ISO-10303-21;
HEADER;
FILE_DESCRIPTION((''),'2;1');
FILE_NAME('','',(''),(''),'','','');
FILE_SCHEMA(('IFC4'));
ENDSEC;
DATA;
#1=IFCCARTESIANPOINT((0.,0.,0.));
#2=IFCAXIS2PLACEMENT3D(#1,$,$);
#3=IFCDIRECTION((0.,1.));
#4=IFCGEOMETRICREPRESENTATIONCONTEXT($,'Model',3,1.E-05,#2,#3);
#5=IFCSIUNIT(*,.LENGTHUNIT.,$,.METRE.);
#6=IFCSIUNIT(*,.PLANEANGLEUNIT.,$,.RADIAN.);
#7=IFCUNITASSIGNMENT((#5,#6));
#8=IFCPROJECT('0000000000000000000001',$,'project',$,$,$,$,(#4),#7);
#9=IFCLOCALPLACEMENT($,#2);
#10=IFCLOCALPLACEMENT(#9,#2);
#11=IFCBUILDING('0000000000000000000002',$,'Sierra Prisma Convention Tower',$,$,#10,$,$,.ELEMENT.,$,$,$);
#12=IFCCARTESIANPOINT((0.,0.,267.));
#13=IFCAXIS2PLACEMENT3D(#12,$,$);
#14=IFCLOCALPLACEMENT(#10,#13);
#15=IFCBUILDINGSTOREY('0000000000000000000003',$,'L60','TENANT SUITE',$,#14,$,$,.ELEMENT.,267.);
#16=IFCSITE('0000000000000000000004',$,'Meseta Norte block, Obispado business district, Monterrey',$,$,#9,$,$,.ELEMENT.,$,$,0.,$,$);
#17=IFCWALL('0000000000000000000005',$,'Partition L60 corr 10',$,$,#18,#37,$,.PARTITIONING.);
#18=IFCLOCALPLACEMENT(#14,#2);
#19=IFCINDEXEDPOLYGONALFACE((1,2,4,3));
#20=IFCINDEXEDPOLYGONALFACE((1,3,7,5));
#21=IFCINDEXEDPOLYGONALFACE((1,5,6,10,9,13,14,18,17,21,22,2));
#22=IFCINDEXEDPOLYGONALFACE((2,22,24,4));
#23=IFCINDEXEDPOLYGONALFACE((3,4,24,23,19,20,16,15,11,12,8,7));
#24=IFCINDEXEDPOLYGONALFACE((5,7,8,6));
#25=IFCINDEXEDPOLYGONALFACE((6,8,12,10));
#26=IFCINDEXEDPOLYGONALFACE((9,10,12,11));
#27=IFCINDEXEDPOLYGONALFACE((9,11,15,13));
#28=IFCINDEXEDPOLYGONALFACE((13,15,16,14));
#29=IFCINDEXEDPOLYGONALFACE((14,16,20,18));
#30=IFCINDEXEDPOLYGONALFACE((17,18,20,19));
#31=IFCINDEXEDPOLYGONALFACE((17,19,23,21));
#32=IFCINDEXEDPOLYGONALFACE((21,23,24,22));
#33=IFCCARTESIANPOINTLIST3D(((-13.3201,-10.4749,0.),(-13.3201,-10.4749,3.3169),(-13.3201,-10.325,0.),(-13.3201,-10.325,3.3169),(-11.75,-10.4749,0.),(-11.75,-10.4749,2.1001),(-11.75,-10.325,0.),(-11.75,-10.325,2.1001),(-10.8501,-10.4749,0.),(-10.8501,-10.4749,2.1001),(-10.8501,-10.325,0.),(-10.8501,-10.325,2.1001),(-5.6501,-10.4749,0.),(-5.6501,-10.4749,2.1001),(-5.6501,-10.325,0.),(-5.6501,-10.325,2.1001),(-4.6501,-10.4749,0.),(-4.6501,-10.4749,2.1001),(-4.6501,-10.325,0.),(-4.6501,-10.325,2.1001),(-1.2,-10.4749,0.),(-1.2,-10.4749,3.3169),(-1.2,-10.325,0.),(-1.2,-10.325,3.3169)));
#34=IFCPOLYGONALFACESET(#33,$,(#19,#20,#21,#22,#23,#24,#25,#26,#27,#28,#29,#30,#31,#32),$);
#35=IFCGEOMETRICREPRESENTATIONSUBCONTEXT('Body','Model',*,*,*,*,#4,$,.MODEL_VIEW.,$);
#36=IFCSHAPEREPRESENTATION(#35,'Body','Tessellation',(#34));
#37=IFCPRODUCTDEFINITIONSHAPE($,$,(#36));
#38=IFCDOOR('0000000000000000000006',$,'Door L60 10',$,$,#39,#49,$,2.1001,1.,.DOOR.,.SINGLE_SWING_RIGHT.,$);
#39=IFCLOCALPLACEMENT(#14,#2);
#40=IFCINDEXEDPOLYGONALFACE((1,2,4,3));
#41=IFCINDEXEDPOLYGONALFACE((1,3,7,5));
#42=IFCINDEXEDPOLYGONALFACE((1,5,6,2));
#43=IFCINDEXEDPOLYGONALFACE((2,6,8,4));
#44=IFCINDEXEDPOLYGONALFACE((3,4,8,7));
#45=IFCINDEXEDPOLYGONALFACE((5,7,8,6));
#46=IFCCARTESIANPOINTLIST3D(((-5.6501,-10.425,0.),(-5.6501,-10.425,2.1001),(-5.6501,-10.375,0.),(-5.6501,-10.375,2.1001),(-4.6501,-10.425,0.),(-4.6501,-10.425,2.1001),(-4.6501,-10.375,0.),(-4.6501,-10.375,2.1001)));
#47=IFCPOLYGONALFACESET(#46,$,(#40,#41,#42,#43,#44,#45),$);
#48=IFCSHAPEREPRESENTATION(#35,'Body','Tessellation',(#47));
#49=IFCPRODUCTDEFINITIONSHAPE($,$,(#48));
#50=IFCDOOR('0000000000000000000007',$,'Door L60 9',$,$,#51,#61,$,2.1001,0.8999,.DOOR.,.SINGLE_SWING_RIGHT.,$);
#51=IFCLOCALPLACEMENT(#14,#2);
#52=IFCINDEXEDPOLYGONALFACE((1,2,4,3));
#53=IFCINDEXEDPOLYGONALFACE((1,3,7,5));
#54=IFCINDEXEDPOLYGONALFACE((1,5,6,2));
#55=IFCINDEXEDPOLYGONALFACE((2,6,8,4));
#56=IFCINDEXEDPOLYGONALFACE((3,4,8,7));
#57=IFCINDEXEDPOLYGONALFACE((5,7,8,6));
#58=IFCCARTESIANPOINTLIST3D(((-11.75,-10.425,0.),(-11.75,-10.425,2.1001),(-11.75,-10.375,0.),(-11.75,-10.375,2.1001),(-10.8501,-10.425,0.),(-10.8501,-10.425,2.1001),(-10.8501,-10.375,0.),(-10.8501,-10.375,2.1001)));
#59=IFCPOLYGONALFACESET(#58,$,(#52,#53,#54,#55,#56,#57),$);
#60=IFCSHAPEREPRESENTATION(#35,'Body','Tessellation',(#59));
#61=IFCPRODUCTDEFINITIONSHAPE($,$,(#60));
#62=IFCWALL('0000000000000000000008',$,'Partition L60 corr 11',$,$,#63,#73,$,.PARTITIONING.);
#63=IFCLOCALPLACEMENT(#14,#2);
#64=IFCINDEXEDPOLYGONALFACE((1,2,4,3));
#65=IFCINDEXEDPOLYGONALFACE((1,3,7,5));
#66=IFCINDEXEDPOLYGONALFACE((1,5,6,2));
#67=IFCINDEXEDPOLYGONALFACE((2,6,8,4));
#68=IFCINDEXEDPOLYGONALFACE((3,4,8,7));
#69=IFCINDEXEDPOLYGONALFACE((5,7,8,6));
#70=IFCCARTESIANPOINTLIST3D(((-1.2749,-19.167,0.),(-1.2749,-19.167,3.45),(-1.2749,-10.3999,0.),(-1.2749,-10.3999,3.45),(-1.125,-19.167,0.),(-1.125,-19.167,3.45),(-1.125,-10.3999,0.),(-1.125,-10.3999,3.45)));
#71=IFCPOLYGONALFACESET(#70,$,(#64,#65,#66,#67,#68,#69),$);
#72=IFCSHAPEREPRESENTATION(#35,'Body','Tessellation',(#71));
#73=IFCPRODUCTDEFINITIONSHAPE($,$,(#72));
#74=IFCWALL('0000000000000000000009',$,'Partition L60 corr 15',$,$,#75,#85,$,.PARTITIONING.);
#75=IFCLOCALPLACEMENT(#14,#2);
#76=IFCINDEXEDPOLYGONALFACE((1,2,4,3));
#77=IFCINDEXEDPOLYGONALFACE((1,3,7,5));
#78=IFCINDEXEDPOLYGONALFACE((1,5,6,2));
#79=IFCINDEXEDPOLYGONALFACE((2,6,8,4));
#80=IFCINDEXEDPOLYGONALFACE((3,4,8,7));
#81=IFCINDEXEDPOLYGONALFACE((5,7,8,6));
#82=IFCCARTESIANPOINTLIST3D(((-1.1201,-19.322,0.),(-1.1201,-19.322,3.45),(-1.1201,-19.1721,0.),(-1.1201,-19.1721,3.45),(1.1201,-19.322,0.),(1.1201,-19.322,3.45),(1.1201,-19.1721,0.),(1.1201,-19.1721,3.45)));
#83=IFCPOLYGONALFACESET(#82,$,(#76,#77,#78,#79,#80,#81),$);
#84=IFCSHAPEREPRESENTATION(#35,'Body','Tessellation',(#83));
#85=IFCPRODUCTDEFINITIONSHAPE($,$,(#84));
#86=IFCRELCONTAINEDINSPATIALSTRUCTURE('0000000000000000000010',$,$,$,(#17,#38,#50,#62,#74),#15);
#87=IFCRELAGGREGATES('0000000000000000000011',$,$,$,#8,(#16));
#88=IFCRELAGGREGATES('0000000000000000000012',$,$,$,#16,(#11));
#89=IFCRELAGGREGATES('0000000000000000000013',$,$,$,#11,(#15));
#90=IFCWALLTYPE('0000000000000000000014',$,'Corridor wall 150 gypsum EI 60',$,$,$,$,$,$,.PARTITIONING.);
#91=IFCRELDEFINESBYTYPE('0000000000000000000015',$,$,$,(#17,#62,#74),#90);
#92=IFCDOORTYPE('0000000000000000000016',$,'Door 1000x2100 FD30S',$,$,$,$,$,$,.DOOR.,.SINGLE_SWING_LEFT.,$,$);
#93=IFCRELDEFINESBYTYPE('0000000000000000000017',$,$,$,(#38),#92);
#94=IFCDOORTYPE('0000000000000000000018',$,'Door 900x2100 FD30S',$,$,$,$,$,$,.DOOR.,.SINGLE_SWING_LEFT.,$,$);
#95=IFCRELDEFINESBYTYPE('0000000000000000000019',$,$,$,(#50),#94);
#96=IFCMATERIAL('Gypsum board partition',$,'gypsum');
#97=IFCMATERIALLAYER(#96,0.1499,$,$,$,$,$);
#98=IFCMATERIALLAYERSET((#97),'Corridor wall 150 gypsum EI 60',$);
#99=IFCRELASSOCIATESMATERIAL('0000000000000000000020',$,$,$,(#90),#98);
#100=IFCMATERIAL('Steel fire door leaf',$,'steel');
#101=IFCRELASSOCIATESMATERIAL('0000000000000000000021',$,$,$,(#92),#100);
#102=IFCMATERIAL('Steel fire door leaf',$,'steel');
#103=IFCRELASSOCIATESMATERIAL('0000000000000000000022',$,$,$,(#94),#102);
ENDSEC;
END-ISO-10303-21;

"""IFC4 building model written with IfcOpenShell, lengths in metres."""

from ifc_helpers import new_model, si_unit, direction, frame, frame_2d, origin, place, context, subcontext, project, spatial, rectangle, extrude, material, layer, layer_set, type_object, element, fill, save


model = new_model("IFC4")

# Units and contexts
model_context = context("Model", 3, precision=1e-05, world=origin(), true_north=direction((0.0, 1.0)))
body_context = subcontext(model_context, "Body", "Model", "MODEL_VIEW")
ifc_project = project(units=[si_unit("LENGTHUNIT", "METRE"), si_unit("PLANEANGLEUNIT", "RADIAN")], contexts=[model_context])

# Site, building, storey
site_placement = place(None, origin())
site = spatial("IfcSite", under=ifc_project, at=site_placement, Name="Meseta Norte block, Obispado business district, Monterrey", CompositionType="ELEMENT", RefElevation=0.0)
building_placement = place(site_placement, origin())
building = spatial("IfcBuilding", under=site, at=building_placement, Name="Sierra Prisma Convention Tower", CompositionType="ELEMENT")
storey_placement = place(building_placement, frame((0.0, 0.0, 267.0)))
storey = spatial("IfcBuildingStorey", under=building, at=storey_placement, Name="L60", Description="TENANT SUITE", CompositionType="ELEMENT", Elevation=267.0)

# Wall, openings, doors
ifc_material_1 = material(Name="Gypsum board partition", Category="gypsum")
ifc_layer_1 = layer(ifc_material_1, 0.1499)
ifc_layer_set_1 = layer_set([ifc_layer_1], Name="Corridor wall 150 gypsum EI 60")
wall_type_1 = type_object("IfcWallType", Name="Corridor wall 150 gypsum EI 60", PredefinedType="PARTITIONING", material=ifc_layer_set_1)
wall_1_placement = place(storey_placement, frame((-13.3201, -10.3999, 0.0), z_axis=(0.0, 0.0, 1.0), x_axis=(1.0, 0.0, 0.0)))
wall_1 = element("IfcWall", 1, at=wall_1_placement, inside=storey, type_object=wall_type_1, Name="Partition L60 corr 10", PredefinedType="PARTITIONING", context=body_context, shape_type="SweptSolid", body=[
    extrude(rectangle(XDim=12.1201, YDim=0.1499, at=frame_2d((6.0601, 0.0))), origin(), (0.0, 0.0, 1.0), 3.3169),
])
opening_1_placement = place(wall_1_placement, frame((1.5701, 0.0, 0.0)))
opening_1 = element("IfcOpeningElement", 2, at=opening_1_placement, cuts=wall_1, PredefinedType="OPENING", context=body_context, shape_type="SweptSolid", body=[
    extrude(rectangle(XDim=0.8999, YDim=2.1001, at=frame_2d((0.45, 1.05))), frame((0.0, 0.075, 0.0), z_axis=(0.0, -1.0, 0.0), x_axis=(1.0, 0.0, 0.0)), (0.0, 0.0, 1.0), 0.1499),
])
opening_2_placement = place(wall_1_placement, frame((7.6699, 0.0, 0.0)))
opening_2 = element("IfcOpeningElement", 3, at=opening_2_placement, cuts=wall_1, PredefinedType="OPENING", context=body_context, shape_type="SweptSolid", body=[
    extrude(rectangle(XDim=1.0, YDim=2.1001, at=frame_2d((0.5, 1.05))), frame((0.0, 0.075, 0.0), z_axis=(0.0, -1.0, 0.0), x_axis=(1.0, 0.0, 0.0)), (0.0, 0.0, 1.0), 0.1499),
])
ifc_material_2 = material(Name="Steel fire door leaf", Category="steel")
door_type_1 = type_object("IfcDoorType", Name="Door 1000x2100 FD30S", OperationType="SINGLE_SWING_LEFT", PredefinedType="DOOR", material=ifc_material_2)
door_1_placement = place(opening_2_placement, origin())
door_1 = element("IfcDoor", 4, at=door_1_placement, inside=storey, type_object=door_type_1, Name="Door L60 10", OperationType="SINGLE_SWING_RIGHT", OverallHeight=2.1001, OverallWidth=1.0, PredefinedType="DOOR", context=body_context, shape_type="SweptSolid", body=[
    extrude(rectangle(XDim=1.0, YDim=2.1001, at=frame_2d((0.5, 1.05))), frame((0.0, 0.0249, 0.0), z_axis=(0.0, -1.0, 0.0), x_axis=(1.0, 0.0, 0.0)), (0.0, 0.0, 1.0), 0.05),
])
fill(opening_2, door_1)
ifc_material_3 = material(Name="Steel fire door leaf", Category="steel")
door_type_2 = type_object("IfcDoorType", Name="Door 900x2100 FD30S", OperationType="SINGLE_SWING_LEFT", PredefinedType="DOOR", material=ifc_material_3)
door_2_placement = place(opening_1_placement, origin())
door_2 = element("IfcDoor", 5, at=door_2_placement, inside=storey, type_object=door_type_2, Name="Door L60 9", OperationType="SINGLE_SWING_RIGHT", OverallHeight=2.1001, OverallWidth=0.8999, PredefinedType="DOOR", context=body_context, shape_type="SweptSolid", body=[
    extrude(rectangle(XDim=0.8999, YDim=2.1001, at=frame_2d((0.45, 1.05))), frame((0.0, 0.0249, 0.0), z_axis=(0.0, -1.0, 0.0), x_axis=(1.0, 0.0, 0.0)), (0.0, 0.0, 1.0), 0.05),
])
fill(opening_1, door_2)

# Walls
wall_2_placement = place(storey_placement, frame((-1.2, -10.3999, 0.0), z_axis=(0.0, 0.0, 1.0), x_axis=(0.0, -1.0, 0.0)))
element("IfcWall", 6, at=wall_2_placement, inside=storey, type_object=wall_type_1, Name="Partition L60 corr 11", PredefinedType="PARTITIONING", context=body_context, shape_type="SweptSolid", body=[
    extrude(rectangle(XDim=8.7671, YDim=0.1499, at=frame_2d((4.3835, 0.0))), origin(), (0.0, 0.0, 1.0), 3.45),
])
wall_3_placement = place(storey_placement, frame((-1.1201, -19.2471, 0.0), z_axis=(0.0, 0.0, 1.0), x_axis=(1.0, 0.0, 0.0)))
element("IfcWall", 7, at=wall_3_placement, inside=storey, type_object=wall_type_1, Name="Partition L60 corr 15", PredefinedType="PARTITIONING", context=body_context, shape_type="SweptSolid", body=[
    extrude(rectangle(XDim=2.2402, YDim=0.1499, at=frame_2d((1.1201, 0.0))), origin(), (0.0, 0.0, 1.0), 3.45),
])

save(model, "model.ifc")
